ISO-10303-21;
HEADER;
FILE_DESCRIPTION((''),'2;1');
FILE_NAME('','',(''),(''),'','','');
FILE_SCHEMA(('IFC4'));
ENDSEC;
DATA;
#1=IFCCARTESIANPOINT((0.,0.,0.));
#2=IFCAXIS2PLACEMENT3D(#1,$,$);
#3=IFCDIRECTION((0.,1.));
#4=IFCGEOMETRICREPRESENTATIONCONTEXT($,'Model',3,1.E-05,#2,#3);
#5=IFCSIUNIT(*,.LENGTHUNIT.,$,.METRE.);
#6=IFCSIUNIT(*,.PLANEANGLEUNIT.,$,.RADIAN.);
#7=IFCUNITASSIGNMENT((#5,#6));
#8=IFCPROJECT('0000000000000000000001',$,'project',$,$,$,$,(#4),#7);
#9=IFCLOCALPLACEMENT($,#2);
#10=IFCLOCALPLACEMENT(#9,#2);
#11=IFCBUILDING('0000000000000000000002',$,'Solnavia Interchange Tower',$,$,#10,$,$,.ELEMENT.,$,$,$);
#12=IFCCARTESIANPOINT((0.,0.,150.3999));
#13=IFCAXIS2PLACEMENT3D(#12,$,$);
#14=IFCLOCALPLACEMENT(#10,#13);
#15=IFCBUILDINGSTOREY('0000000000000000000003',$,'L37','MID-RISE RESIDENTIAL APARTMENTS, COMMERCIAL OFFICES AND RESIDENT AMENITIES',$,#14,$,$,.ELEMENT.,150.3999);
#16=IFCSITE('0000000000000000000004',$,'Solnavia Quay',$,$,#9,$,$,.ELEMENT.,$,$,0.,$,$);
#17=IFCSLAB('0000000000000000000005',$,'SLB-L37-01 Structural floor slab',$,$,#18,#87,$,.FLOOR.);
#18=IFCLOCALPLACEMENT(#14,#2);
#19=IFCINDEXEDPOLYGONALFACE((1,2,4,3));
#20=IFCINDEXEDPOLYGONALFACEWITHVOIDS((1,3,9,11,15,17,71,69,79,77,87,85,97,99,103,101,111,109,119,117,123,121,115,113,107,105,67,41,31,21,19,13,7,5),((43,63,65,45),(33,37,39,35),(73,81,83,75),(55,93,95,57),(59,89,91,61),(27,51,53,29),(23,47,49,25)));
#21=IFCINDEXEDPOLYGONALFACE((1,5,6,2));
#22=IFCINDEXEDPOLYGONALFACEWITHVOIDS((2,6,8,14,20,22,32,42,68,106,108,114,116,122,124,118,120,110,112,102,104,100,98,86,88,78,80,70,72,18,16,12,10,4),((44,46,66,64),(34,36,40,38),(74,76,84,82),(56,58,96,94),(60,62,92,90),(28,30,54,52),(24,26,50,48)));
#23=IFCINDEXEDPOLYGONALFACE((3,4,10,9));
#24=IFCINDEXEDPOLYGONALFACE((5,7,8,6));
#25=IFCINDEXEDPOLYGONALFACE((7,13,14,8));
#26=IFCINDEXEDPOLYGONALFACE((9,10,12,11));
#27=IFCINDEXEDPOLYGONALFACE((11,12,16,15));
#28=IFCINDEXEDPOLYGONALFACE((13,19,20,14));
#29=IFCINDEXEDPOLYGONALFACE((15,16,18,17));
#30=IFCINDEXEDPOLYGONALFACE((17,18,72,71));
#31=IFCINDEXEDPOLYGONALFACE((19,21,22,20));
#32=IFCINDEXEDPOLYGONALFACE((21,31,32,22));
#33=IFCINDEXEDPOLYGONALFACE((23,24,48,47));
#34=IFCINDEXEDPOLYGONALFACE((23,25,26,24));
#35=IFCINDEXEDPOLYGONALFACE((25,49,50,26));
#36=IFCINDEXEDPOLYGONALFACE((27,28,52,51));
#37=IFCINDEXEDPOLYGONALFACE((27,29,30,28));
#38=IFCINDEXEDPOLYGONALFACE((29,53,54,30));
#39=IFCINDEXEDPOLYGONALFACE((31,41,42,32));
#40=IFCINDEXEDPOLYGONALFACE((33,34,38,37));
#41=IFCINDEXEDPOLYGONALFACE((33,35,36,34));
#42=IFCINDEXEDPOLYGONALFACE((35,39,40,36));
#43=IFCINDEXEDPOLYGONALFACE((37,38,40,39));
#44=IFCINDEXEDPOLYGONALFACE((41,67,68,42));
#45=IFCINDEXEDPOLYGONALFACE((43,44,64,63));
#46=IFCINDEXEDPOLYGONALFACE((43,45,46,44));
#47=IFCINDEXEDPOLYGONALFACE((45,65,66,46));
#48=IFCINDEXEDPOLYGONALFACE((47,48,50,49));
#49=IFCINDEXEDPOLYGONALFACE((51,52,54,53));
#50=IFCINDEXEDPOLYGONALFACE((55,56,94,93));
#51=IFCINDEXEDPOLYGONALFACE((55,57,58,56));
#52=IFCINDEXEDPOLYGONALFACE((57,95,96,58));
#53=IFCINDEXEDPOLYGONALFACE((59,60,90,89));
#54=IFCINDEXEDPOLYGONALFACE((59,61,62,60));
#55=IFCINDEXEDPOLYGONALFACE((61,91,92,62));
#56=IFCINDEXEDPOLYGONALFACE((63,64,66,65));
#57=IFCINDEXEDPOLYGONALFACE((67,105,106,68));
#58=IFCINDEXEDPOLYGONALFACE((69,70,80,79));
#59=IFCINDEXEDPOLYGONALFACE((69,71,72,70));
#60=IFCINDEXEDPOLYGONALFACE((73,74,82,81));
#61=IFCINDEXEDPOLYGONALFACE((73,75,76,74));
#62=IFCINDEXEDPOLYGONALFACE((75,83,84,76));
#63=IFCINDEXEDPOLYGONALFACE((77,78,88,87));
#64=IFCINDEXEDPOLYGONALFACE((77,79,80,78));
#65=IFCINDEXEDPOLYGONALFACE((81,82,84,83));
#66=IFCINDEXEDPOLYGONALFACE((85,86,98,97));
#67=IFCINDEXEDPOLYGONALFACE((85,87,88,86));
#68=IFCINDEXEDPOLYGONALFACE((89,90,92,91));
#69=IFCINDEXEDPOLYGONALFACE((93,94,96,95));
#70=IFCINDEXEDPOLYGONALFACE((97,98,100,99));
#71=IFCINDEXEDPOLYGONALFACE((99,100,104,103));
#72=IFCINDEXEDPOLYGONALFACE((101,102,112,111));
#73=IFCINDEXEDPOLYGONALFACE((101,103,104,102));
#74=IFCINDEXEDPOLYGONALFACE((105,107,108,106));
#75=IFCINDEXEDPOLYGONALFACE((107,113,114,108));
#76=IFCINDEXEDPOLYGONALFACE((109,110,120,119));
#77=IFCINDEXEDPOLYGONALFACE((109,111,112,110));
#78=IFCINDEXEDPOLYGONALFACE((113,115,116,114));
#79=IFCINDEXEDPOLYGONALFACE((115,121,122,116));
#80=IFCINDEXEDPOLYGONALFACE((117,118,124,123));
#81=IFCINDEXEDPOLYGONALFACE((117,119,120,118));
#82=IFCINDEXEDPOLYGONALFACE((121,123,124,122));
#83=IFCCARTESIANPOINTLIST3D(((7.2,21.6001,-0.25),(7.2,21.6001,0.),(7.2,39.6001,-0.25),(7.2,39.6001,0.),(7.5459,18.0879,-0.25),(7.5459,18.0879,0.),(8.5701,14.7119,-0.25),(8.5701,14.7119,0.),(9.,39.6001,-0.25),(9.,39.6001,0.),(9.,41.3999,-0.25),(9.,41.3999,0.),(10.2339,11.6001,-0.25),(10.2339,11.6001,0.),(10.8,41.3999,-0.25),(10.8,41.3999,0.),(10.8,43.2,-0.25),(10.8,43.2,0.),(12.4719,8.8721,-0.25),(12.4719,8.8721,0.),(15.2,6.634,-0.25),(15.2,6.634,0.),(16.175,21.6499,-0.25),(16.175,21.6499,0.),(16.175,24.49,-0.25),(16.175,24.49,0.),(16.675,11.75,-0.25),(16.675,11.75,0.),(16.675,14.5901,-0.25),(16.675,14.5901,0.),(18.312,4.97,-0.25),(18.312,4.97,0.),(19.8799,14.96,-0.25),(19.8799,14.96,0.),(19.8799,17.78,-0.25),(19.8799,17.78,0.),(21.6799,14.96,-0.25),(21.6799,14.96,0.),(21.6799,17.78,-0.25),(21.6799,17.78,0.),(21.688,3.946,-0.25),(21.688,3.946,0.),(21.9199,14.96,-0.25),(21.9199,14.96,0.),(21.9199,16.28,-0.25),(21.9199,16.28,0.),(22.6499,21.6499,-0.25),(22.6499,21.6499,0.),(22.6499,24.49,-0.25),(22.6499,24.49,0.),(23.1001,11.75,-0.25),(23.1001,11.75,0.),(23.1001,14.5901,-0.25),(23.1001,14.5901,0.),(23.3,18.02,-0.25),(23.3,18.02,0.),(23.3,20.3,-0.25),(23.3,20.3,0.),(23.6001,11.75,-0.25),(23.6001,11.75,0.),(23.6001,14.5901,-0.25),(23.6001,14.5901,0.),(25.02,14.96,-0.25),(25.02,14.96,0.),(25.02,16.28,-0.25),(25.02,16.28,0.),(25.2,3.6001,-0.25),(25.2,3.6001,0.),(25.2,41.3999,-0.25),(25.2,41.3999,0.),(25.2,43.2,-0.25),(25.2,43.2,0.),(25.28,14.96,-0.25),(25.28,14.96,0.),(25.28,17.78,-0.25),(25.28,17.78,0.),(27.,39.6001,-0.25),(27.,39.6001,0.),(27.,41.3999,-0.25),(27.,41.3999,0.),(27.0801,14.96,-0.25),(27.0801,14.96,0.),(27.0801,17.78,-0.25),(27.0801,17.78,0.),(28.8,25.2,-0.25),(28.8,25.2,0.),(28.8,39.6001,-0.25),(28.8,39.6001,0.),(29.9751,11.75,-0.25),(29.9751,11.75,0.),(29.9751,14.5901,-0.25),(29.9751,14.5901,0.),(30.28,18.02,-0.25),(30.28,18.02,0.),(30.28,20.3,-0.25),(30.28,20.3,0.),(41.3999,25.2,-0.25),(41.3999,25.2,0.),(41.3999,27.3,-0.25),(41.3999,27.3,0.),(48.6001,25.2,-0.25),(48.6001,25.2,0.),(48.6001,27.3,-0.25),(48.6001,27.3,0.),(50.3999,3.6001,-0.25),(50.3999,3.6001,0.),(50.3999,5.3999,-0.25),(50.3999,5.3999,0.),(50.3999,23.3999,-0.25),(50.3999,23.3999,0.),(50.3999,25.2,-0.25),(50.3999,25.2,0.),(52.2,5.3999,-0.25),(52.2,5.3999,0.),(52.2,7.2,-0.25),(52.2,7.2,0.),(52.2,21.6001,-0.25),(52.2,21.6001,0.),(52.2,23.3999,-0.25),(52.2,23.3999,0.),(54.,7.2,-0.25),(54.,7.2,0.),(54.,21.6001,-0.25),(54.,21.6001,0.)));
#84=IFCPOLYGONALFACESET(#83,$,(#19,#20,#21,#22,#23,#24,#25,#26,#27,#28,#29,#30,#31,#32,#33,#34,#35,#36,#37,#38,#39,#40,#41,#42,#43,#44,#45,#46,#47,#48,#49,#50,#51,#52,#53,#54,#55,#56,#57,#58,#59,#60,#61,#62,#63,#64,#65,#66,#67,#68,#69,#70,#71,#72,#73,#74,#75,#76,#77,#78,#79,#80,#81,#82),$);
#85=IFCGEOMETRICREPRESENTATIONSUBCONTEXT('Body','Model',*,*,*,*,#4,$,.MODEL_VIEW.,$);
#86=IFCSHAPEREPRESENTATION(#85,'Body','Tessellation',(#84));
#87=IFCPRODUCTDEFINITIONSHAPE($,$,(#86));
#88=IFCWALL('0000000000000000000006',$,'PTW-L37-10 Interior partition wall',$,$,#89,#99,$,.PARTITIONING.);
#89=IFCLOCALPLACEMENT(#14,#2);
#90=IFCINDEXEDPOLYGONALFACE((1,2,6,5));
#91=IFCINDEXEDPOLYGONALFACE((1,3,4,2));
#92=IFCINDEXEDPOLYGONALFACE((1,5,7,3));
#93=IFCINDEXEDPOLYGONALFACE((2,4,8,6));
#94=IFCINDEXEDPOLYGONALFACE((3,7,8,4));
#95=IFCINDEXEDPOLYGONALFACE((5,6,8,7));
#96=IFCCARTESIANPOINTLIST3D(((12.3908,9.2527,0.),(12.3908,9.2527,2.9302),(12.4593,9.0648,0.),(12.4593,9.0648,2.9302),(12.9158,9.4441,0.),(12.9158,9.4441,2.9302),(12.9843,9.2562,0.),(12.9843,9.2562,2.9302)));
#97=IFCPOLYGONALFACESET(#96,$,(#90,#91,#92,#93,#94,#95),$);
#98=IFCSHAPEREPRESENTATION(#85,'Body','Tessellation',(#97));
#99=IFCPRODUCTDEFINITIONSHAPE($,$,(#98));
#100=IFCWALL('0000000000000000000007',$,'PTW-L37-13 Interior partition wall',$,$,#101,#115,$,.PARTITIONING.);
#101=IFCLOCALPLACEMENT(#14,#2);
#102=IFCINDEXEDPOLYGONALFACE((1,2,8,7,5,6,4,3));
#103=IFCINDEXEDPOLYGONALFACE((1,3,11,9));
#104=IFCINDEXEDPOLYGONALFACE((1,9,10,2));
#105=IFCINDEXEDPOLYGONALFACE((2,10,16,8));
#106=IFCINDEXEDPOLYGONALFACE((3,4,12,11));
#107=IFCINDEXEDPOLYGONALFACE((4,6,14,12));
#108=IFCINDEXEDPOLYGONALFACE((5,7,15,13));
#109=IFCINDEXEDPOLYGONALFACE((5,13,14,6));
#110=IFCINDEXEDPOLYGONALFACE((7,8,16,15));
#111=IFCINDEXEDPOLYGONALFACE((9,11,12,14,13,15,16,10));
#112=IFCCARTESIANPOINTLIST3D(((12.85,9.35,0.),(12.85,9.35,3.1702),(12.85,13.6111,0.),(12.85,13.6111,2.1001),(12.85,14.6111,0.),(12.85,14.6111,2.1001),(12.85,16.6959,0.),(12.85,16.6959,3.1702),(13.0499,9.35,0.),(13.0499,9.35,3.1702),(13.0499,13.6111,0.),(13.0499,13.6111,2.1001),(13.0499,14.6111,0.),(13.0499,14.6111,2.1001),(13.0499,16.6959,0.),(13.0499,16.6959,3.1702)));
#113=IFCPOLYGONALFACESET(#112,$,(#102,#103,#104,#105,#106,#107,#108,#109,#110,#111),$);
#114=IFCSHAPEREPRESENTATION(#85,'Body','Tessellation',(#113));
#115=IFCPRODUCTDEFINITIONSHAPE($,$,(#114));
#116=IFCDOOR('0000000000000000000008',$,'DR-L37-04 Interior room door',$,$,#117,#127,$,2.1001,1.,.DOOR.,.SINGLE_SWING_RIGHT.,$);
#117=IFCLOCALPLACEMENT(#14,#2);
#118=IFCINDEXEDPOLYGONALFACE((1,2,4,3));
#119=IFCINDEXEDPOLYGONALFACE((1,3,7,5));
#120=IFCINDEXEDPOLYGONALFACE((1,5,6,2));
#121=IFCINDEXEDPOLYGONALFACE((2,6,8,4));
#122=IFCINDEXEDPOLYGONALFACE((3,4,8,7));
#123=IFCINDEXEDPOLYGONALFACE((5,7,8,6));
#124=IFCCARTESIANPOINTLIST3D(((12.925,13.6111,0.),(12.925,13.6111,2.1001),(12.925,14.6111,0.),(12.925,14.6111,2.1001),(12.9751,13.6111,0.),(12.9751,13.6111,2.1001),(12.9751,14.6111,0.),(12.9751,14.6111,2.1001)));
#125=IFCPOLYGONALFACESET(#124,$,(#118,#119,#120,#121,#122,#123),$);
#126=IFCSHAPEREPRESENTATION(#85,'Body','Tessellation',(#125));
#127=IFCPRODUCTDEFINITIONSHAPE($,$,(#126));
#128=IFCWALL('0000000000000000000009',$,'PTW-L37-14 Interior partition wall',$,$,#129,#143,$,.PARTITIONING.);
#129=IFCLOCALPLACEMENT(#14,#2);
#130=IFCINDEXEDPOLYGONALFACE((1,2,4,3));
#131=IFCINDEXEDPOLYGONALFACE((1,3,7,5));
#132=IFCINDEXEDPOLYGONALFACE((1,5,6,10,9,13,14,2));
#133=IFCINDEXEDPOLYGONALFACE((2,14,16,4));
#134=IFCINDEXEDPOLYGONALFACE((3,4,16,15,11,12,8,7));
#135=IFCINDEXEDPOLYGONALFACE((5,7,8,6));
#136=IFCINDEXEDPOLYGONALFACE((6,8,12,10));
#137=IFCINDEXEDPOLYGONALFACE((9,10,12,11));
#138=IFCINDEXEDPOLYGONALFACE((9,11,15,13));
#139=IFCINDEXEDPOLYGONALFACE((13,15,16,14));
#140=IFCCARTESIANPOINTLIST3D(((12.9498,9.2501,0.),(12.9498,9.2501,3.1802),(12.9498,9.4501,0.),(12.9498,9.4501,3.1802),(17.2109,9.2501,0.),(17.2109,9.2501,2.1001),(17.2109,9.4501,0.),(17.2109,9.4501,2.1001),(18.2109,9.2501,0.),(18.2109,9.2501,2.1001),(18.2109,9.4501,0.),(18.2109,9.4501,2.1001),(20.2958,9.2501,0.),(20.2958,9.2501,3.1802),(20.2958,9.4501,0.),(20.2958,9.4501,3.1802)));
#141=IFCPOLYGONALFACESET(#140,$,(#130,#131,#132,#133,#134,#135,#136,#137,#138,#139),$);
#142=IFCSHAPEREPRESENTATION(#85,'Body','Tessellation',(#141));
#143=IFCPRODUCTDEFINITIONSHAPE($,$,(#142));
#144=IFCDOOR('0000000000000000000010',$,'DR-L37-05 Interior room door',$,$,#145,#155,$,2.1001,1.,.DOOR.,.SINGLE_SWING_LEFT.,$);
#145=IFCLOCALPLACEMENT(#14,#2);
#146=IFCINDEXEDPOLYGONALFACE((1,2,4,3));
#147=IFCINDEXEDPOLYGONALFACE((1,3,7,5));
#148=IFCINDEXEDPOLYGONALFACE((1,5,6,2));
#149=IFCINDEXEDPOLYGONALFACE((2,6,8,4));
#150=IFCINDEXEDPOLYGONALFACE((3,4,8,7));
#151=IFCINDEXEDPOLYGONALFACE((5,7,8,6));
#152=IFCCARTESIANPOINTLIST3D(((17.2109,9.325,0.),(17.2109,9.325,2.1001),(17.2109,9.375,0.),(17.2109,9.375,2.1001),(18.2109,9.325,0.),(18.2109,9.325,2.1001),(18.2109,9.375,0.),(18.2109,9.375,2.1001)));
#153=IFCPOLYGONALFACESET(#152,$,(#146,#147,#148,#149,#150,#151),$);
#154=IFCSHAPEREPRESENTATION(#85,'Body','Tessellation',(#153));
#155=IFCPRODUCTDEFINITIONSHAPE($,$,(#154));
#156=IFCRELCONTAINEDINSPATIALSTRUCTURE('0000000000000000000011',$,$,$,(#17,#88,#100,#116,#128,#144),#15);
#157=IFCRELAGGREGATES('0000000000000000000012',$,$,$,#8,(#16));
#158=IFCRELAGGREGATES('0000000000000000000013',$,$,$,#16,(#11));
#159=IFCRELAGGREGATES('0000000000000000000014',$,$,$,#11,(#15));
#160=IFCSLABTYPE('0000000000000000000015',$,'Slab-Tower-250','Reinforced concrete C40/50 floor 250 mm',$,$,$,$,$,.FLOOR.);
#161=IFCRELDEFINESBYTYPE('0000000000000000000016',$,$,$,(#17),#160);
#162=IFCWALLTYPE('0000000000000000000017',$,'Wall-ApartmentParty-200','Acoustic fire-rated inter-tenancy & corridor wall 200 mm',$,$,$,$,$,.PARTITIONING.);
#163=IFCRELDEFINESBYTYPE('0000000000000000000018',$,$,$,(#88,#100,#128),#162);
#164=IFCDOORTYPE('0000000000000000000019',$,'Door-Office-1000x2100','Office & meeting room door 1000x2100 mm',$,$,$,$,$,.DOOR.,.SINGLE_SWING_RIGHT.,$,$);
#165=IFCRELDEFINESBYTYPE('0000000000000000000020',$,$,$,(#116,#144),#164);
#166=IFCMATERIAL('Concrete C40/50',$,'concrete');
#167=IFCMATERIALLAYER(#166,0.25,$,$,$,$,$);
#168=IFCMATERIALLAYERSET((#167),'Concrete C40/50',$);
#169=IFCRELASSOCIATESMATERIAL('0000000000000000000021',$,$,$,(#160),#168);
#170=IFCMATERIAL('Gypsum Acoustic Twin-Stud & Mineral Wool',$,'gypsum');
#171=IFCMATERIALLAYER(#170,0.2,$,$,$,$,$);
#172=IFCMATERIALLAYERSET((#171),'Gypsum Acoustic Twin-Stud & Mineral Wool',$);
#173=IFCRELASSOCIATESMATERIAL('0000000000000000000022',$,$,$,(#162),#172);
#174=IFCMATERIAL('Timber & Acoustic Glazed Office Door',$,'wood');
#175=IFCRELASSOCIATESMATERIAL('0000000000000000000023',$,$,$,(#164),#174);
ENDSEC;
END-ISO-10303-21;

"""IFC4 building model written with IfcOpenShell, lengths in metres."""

from ifc_helpers import new_model, si_unit, direction, frame, frame_2d, origin, place, context, subcontext, project, spatial, polyline, rectangle, outline, extrude, material, layer, layer_set, type_object, element, fill, save


model = new_model("IFC4")

# Units and contexts
model_context = context("Model", 3, precision=1e-05, world=origin(), true_north=direction((0.0, 1.0)))
body_context = subcontext(model_context, "Body", "Model", "MODEL_VIEW")
ifc_project = project(units=[si_unit("LENGTHUNIT", "METRE"), si_unit("PLANEANGLEUNIT", "RADIAN")], contexts=[model_context])

# Site, building, storey
site_placement = place(None, origin())
site = spatial("IfcSite", under=ifc_project, at=site_placement, Name="Solnavia Quay", CompositionType="ELEMENT", RefElevation=0.0)
building_placement = place(site_placement, origin())
building = spatial("IfcBuilding", under=site, at=building_placement, Name="Solnavia Interchange Tower", CompositionType="ELEMENT")
storey_placement = place(building_placement, frame((0.0, 0.0, 150.3999)))
storey = spatial("IfcBuildingStorey", under=building, at=storey_placement, Name="L37", Description="MID-RISE RESIDENTIAL APARTMENTS, COMMERCIAL OFFICES AND RESIDENT AMENITIES", CompositionType="ELEMENT", Elevation=150.3999)

# Shared definitions
ifc_material_1 = material(Name="Concrete C40/50", Category="concrete")

# Slab
ifc_layer_1 = layer(ifc_material_1, 0.25)
ifc_layer_set_1 = layer_set([ifc_layer_1], Name="Concrete C40/50")
slab_type_1 = type_object("IfcSlabType", Name="Slab-Tower-250", Description="Reinforced concrete C40/50 floor 250 mm", PredefinedType="FLOOR", material=ifc_layer_set_1)
slab_1_placement = place(storey_placement, frame((0.0, 0.0, -0.25)))
element("IfcSlab", 1, at=slab_1_placement, inside=storey, type_object=slab_type_1, Name="SLB-L37-01 Structural floor slab", PredefinedType="FLOOR", context=body_context, shape_type="SweptSolid", body=[
    extrude(outline(polyline([(25.2, 3.6001), (50.3999, 3.6001), (50.3999, 5.3999), (52.2, 5.3999), (52.2, 7.2), (54.0, 7.2), (54.0, 21.6001), (52.2, 21.6001), (52.2, 23.3999), (50.3999, 23.3999), (50.3999, 25.2), (48.6001, 25.2), (48.6001, 27.3), (41.3999, 27.3), (41.3999, 25.2), (28.8, 25.2), (28.8, 39.6001), (27.0, 39.6001), (27.0, 41.3999), (25.2, 41.3999), (25.2, 43.2), (10.8, 43.2), (10.8, 41.3999), (9.0, 41.3999), (9.0, 39.6001), (7.2, 39.6001), (7.2, 21.6001), (7.5459, 18.0879), (8.5701, 14.7119), (10.2339, 11.6001), (12.4719, 8.8721), (15.2, 6.634), (18.312, 4.97), (21.688, 3.946), (25.2, 3.6001)]), holes=[polyline([(16.675, 11.75), (23.1001, 11.75), (23.1001, 14.5901), (16.675, 14.5901), (16.675, 11.75)]), polyline([(23.6001, 11.75), (29.9751, 11.75), (29.9751, 14.5901), (23.6001, 14.5901), (23.6001, 11.75)]), polyline([(16.175, 21.6499), (22.6499, 21.6499), (22.6499, 24.49), (16.175, 24.49), (16.175, 21.6499)]), polyline([(19.8799, 14.96), (21.6799, 14.96), (21.6799, 17.78), (19.8799, 17.78), (19.8799, 14.96)]), polyline([(25.28, 14.96), (27.0801, 14.96), (27.0801, 17.78), (25.28, 17.78), (25.28, 14.96)]), polyline([(21.9199, 14.96), (25.02, 14.96), (25.02, 16.28), (21.9199, 16.28), (21.9199, 14.96)]), polyline([(23.3, 18.02), (30.28, 18.02), (30.28, 20.3), (23.3, 20.3), (23.3, 18.02)])]), origin(), (0.0, 0.0, 1.0), 0.25),
])

# Wall
ifc_material_2 = material(Name="Gypsum Acoustic Twin-Stud & Mineral Wool", Category="gypsum")
ifc_layer_2 = layer(ifc_material_2, 0.2)
ifc_layer_set_2 = layer_set([ifc_layer_2], Name="Gypsum Acoustic Twin-Stud & Mineral Wool")
wall_type_1 = type_object("IfcWallType", Name="Wall-ApartmentParty-200", Description="Acoustic fire-rated inter-tenancy & corridor wall 200 mm", PredefinedType="PARTITIONING", material=ifc_layer_set_2)
wall_1_placement = place(storey_placement, frame((12.95, 9.3501, 0.0), z_axis=(0.0, 0.0, 1.0), x_axis=(-0.939538, -0.342444, 0.0)))
element("IfcWall", 2, at=wall_1_placement, inside=storey, type_object=wall_type_1, Name="PTW-L37-10 Interior partition wall", PredefinedType="PARTITIONING", context=body_context, shape_type="SweptSolid", body=[
    extrude(rectangle(XDim=0.5588, YDim=0.2, at=frame_2d((0.2793, 0.0))), origin(), (0.0, 0.0, 1.0), 2.9302),
])

# Walls, openings, doors
wall_2_placement = place(storey_placement, frame((12.95, 9.3501, 0.0), z_axis=(0.0, 0.0, 1.0), x_axis=(0.0, 1.0, 0.0)))
wall_2 = element("IfcWall", 3, at=wall_2_placement, inside=storey, type_object=wall_type_1, Name="PTW-L37-13 Interior partition wall", PredefinedType="PARTITIONING", context=body_context, shape_type="SweptSolid", body=[
    extrude(rectangle(XDim=7.3459, YDim=0.2, at=frame_2d((3.6729, 0.0))), origin(), (0.0, 0.0, 1.0), 3.1702),
])
opening_1_placement = place(wall_2_placement, frame((4.261, 0.0, 0.0)))
opening_1 = element("IfcOpeningElement", 4, at=opening_1_placement, cuts=wall_2, PredefinedType="OPENING", context=body_context, shape_type="SweptSolid", body=[
    extrude(rectangle(XDim=1.0, YDim=2.1001, at=frame_2d((0.5, 1.05))), frame((0.0, 0.1099, 0.0), z_axis=(0.0, -1.0, 0.0), x_axis=(1.0, 0.0, 0.0)), (0.0, 0.0, 1.0), 0.22),
])
ifc_material_3 = material(Name="Timber & Acoustic Glazed Office Door", Category="wood")
door_type_1 = type_object("IfcDoorType", Name="Door-Office-1000x2100", Description="Office & meeting room door 1000x2100 mm", OperationType="SINGLE_SWING_RIGHT", PredefinedType="DOOR", material=ifc_material_3)
door_1_placement = place(opening_1_placement, origin())
door_1 = element("IfcDoor", 5, at=door_1_placement, inside=storey, type_object=door_type_1, Name="DR-L37-04 Interior room door", OperationType="SINGLE_SWING_RIGHT", OverallHeight=2.1001, OverallWidth=1.0, PredefinedType="DOOR", context=body_context, shape_type="SweptSolid", body=[
    extrude(rectangle(XDim=1.0, YDim=2.1001, at=frame_2d((0.5, 1.05))), frame((0.0, 0.0249, 0.0), z_axis=(0.0, -1.0, 0.0), x_axis=(1.0, 0.0, 0.0)), (0.0, 0.0, 1.0), 0.05),
])
fill(opening_1, door_1)
wall_3_placement = place(storey_placement, frame((12.95, 9.3501, 0.0), z_axis=(0.0, 0.0, 1.0), x_axis=(1.0, 0.0, 0.0)))
wall_3 = element("IfcWall", 6, at=wall_3_placement, inside=storey, type_object=wall_type_1, Name="PTW-L37-14 Interior partition wall", PredefinedType="PARTITIONING", context=body_context, shape_type="SweptSolid", body=[
    extrude(rectangle(XDim=7.3459, YDim=0.2, at=frame_2d((3.6729, 0.0))), origin(), (0.0, 0.0, 1.0), 3.1802),
])
opening_2_placement = place(wall_3_placement, frame((4.261, 0.0, 0.0)))
opening_2 = element("IfcOpeningElement", 7, at=opening_2_placement, cuts=wall_3, PredefinedType="OPENING", context=body_context, shape_type="SweptSolid", body=[
    extrude(rectangle(XDim=1.0, YDim=2.1001, at=frame_2d((0.5, 1.05))), frame((0.0, 0.1099, 0.0), z_axis=(0.0, -1.0, 0.0), x_axis=(1.0, 0.0, 0.0)), (0.0, 0.0, 1.0), 0.22),
])
door_2_placement = place(opening_2_placement, origin())
door_2 = element("IfcDoor", 8, at=door_2_placement, inside=storey, type_object=door_type_1, Name="DR-L37-05 Interior room door", OperationType="SINGLE_SWING_LEFT", OverallHeight=2.1001, OverallWidth=1.0, PredefinedType="DOOR", context=body_context, shape_type="SweptSolid", body=[
    extrude(rectangle(XDim=1.0, YDim=2.1001, at=frame_2d((0.5, 1.05))), frame((0.0, 0.0249, 0.0), z_axis=(0.0, -1.0, 0.0), x_axis=(1.0, 0.0, 0.0)), (0.0, 0.0, 1.0), 0.05),
])
fill(opening_2, door_2)

save(model, "model.ifc")
